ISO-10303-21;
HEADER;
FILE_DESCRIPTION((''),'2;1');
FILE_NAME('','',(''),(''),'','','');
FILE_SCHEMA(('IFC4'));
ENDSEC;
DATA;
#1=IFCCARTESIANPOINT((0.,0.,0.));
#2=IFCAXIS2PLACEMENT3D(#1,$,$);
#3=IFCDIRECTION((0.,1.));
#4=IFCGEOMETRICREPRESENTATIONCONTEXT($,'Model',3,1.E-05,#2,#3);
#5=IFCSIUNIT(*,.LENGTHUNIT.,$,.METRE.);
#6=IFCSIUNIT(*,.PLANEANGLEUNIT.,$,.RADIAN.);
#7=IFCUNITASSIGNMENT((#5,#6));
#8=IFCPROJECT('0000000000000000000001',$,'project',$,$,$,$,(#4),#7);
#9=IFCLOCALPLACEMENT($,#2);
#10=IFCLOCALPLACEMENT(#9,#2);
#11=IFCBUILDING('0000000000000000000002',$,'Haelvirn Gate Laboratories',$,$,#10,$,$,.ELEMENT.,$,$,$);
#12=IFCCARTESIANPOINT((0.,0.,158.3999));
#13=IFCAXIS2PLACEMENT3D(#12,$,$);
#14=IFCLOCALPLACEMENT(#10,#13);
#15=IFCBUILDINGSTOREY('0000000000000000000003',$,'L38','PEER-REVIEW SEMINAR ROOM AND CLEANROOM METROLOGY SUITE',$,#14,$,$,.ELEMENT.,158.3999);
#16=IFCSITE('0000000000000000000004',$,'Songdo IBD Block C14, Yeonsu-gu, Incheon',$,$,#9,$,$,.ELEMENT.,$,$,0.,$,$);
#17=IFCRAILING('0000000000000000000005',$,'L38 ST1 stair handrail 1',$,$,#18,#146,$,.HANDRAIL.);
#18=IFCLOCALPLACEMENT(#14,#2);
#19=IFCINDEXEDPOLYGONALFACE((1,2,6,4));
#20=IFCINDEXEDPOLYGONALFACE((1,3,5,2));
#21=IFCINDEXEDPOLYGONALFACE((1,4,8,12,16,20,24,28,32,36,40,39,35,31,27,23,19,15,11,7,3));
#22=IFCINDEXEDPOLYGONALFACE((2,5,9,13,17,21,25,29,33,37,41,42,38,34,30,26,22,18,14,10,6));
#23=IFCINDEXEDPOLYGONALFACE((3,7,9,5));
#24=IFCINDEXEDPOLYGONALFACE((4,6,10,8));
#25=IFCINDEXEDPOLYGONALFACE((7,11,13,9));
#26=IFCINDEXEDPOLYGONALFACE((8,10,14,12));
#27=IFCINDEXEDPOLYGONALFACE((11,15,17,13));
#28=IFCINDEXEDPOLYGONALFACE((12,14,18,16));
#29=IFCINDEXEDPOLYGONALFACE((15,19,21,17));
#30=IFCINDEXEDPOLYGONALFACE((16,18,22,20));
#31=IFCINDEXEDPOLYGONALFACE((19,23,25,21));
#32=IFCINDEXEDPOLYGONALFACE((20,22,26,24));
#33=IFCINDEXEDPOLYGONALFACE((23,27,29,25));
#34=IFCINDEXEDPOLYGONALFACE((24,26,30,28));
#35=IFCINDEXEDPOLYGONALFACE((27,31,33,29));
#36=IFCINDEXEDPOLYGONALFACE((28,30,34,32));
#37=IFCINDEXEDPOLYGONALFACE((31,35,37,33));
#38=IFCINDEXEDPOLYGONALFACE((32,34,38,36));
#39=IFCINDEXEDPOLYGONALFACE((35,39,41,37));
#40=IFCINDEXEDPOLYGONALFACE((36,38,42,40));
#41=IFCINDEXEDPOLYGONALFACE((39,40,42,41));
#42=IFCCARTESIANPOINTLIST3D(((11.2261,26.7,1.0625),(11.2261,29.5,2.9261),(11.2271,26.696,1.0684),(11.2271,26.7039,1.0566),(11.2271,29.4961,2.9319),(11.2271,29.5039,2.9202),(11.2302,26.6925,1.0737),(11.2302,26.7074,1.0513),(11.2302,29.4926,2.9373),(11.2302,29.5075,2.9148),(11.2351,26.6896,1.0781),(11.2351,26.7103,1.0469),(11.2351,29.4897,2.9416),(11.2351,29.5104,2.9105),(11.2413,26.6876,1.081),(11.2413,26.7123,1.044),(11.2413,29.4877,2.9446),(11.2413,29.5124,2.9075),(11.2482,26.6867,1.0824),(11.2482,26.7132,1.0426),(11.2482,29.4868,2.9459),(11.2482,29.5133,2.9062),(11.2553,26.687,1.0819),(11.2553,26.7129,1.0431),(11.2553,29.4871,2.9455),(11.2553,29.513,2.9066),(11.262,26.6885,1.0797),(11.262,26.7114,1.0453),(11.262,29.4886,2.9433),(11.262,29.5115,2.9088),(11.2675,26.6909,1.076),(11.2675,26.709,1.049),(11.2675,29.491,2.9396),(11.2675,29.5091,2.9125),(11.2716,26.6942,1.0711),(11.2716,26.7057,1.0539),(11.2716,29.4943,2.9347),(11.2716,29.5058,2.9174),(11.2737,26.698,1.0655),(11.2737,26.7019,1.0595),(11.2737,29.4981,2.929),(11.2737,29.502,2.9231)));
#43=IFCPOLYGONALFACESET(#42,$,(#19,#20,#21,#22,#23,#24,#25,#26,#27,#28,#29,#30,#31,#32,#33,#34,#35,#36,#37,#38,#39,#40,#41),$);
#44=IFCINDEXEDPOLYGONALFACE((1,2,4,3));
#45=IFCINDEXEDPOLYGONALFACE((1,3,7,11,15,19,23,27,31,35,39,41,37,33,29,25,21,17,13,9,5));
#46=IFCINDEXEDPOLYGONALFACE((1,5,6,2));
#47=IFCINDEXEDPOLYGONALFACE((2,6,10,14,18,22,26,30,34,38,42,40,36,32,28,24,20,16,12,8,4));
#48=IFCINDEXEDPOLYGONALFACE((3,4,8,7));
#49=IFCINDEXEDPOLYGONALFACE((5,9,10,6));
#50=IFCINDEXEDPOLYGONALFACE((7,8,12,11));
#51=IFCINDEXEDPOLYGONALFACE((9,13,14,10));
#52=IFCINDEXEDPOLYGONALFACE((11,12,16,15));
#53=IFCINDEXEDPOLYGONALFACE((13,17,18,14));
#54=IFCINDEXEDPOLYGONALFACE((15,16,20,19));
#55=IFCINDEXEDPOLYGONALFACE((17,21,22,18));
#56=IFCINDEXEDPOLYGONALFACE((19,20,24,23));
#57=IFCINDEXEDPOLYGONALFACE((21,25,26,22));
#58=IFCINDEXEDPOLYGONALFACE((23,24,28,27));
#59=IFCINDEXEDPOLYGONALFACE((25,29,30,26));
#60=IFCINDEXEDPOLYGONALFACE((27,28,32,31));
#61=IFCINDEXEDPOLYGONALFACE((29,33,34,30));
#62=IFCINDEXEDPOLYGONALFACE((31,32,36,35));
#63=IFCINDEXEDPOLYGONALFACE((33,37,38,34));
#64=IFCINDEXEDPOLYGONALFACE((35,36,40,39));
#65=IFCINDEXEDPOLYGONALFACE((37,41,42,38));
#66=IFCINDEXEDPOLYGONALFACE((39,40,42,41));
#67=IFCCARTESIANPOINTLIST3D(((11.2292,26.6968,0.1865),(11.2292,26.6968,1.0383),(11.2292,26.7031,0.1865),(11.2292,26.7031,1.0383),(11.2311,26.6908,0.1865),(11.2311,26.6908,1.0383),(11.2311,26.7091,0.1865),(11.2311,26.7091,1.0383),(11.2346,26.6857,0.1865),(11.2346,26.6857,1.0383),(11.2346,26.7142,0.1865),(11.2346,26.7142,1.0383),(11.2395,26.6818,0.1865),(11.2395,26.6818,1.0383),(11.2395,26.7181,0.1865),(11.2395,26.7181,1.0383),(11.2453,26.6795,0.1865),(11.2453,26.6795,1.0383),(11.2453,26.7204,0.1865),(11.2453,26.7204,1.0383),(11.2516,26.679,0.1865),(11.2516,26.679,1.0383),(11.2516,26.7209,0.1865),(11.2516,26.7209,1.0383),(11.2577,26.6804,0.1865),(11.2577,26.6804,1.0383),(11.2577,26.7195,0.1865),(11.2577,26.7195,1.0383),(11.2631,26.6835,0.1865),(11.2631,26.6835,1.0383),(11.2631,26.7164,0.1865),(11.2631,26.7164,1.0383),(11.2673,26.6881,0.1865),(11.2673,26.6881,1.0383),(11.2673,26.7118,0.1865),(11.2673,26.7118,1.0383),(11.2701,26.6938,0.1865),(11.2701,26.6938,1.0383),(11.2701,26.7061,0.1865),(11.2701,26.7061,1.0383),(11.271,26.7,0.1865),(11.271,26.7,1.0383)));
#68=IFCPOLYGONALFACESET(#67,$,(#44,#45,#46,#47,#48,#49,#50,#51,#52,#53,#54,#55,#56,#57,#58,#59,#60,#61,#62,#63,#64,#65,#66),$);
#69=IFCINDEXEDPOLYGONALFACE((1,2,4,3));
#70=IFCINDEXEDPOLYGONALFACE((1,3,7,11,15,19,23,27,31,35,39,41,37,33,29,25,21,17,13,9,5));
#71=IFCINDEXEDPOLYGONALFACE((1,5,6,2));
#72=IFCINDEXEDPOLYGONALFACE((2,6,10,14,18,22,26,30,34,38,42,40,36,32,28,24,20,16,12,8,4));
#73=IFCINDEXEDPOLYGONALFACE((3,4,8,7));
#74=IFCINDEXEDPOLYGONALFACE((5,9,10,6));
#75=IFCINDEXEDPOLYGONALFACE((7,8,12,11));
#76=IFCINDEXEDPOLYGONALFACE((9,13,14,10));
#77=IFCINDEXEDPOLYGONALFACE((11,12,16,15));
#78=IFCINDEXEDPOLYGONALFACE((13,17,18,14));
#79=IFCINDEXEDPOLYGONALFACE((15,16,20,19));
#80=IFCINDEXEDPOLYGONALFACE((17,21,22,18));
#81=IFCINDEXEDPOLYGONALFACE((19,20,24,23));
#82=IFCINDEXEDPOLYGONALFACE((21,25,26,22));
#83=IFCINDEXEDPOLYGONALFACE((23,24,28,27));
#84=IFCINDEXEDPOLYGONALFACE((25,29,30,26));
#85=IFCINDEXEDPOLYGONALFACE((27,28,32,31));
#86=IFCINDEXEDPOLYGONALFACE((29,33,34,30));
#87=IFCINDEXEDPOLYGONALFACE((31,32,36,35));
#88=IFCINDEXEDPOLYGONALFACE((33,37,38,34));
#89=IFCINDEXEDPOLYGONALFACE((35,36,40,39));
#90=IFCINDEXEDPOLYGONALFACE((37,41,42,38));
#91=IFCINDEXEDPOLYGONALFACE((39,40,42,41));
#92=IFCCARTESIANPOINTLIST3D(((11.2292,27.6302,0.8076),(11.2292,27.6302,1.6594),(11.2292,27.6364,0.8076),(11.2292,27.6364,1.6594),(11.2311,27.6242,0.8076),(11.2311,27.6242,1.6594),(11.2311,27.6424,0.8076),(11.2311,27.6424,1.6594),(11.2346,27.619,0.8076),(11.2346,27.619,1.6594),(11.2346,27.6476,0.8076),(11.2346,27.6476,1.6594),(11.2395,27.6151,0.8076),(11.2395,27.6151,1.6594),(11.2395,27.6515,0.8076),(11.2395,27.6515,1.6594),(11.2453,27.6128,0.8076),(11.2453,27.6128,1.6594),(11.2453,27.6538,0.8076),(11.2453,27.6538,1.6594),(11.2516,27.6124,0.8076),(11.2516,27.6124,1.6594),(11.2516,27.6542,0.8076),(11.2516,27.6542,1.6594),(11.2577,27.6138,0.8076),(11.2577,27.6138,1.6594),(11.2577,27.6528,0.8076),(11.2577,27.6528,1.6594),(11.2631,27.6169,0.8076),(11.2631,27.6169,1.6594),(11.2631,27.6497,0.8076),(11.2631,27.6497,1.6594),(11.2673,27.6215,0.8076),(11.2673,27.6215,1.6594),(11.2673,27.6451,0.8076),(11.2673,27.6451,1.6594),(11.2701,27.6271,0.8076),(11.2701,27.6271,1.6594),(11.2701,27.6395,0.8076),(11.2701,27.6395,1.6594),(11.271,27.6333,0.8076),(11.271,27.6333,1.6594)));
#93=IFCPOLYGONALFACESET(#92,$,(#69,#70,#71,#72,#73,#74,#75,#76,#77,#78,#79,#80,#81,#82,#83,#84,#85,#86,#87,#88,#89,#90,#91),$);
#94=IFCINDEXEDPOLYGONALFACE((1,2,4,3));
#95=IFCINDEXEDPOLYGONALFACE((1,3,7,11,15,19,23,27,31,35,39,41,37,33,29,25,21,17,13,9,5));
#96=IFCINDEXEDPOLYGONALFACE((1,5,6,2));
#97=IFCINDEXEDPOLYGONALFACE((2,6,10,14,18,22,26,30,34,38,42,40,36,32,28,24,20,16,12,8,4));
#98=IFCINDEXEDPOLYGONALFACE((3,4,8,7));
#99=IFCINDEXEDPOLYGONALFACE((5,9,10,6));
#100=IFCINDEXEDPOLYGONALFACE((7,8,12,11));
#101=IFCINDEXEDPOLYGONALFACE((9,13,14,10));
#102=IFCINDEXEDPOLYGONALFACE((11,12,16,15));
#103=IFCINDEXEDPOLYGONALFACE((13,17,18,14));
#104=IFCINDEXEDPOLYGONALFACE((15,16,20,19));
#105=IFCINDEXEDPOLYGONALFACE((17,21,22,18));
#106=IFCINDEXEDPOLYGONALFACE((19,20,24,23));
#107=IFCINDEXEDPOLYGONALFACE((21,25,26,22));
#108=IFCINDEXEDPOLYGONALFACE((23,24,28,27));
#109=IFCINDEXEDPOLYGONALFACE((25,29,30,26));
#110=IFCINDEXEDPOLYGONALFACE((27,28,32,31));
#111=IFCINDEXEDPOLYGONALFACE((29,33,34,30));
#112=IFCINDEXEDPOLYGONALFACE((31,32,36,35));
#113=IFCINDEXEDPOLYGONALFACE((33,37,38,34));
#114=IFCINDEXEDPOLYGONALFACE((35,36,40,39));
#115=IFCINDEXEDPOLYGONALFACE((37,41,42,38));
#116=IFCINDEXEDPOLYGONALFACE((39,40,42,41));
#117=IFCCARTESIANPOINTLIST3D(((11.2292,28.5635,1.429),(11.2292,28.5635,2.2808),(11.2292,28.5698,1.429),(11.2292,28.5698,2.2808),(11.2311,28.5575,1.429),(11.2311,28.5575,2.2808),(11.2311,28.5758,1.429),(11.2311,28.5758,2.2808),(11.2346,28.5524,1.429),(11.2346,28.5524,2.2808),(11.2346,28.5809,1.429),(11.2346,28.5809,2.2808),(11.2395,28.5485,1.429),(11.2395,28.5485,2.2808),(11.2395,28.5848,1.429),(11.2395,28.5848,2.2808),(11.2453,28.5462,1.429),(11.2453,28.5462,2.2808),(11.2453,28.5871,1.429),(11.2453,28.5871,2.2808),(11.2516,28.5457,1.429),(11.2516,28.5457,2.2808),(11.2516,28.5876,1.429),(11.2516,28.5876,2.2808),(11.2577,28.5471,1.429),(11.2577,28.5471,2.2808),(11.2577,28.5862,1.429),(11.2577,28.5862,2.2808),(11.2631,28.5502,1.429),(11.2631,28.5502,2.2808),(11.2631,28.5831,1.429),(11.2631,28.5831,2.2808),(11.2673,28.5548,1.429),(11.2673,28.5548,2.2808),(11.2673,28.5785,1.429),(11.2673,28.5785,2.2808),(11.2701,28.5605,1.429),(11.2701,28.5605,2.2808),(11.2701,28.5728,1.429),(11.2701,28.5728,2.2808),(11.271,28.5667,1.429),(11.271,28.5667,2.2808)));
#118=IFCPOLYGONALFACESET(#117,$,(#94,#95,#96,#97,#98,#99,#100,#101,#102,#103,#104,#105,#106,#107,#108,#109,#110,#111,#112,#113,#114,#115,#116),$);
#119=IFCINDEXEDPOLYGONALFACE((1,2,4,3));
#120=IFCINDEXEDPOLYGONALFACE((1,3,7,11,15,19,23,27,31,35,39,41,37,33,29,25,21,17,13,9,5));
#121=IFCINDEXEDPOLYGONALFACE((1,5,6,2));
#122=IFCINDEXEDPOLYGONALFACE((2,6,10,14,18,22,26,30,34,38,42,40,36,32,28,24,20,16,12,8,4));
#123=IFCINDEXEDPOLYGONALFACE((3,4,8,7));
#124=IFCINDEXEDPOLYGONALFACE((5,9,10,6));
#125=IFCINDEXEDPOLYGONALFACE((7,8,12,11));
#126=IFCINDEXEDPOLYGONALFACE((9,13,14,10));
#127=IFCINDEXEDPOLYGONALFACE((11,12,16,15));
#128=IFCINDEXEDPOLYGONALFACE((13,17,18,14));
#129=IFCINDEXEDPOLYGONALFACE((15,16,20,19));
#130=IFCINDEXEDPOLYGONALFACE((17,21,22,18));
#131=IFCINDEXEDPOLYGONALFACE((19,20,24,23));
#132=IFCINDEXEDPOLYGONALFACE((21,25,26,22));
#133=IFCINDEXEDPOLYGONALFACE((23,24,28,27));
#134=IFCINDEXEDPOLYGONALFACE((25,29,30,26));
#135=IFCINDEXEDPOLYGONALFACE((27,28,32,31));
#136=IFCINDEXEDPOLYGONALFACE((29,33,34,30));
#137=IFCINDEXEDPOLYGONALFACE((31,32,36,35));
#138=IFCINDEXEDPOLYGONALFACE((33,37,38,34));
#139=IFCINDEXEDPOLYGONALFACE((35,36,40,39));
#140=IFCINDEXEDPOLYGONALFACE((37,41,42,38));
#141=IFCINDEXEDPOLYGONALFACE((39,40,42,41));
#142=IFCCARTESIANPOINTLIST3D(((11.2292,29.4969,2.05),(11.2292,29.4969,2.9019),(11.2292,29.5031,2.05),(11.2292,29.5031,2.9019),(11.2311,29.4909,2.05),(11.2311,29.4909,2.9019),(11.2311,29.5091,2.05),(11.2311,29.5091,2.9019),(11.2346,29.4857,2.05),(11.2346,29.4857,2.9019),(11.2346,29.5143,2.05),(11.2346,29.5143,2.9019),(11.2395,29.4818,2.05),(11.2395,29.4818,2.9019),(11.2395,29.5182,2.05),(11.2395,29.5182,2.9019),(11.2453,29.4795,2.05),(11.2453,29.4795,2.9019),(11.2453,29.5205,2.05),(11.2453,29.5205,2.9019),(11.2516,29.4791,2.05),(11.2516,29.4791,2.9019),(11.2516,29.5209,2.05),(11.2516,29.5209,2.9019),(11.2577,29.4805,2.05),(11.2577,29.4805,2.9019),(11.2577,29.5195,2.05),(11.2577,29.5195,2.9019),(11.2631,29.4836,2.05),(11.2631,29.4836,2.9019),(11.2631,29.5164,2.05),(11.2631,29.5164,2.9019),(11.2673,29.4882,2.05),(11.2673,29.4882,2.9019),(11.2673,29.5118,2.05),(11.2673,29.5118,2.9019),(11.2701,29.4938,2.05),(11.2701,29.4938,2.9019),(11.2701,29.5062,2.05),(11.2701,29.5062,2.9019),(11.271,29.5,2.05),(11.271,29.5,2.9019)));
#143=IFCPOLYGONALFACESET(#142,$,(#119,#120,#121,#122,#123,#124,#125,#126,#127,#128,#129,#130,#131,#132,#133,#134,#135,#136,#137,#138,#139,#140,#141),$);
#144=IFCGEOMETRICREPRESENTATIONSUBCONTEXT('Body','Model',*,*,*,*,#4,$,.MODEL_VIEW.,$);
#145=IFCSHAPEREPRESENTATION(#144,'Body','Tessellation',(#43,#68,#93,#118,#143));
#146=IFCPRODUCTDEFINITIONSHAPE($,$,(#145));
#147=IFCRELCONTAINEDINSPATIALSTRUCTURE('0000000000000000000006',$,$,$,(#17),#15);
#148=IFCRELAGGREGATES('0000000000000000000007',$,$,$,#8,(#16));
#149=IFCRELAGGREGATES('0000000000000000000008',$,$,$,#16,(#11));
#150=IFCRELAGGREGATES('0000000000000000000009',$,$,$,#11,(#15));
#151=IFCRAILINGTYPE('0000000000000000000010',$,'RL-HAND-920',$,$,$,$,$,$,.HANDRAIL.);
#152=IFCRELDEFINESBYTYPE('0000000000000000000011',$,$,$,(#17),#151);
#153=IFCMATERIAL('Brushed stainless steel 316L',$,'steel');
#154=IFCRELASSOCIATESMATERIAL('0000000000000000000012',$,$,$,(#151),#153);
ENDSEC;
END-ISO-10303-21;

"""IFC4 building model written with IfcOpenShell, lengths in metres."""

from ifc_helpers import new_model, si_unit, direction, frame, origin, origin_2d, place, context, subcontext, project, spatial, circle, extrude, source, transform, mapped, material, type_object, type_shapes, element, save


model = new_model("IFC4")

# Units and contexts
model_context = context("Model", 3, precision=1e-05, world=origin(), true_north=direction((0.0, 1.0)))
body_context = subcontext(model_context, "Body", "Model", "MODEL_VIEW")
ifc_project = project(units=[si_unit("LENGTHUNIT", "METRE"), si_unit("PLANEANGLEUNIT", "RADIAN")], contexts=[model_context])

# Site, building, storey
site_placement = place(None, origin())
site = spatial("IfcSite", under=ifc_project, at=site_placement, Name="Songdo IBD Block C14, Yeonsu-gu, Incheon", CompositionType="ELEMENT", RefElevation=0.0)
building_placement = place(site_placement, origin())
building = spatial("IfcBuilding", under=site, at=building_placement, Name="Haelvirn Gate Laboratories", CompositionType="ELEMENT")
storey_placement = place(building_placement, frame((0.0, 0.0, 158.3999)))
storey = spatial("IfcBuildingStorey", under=building, at=storey_placement, Name="L38", Description="PEER-REVIEW SEMINAR ROOM AND CLEANROOM METROLOGY SUITE", CompositionType="ELEMENT", Elevation=158.3999)

# Railing
ifc_material_1 = material(Name="Brushed stainless steel 316L", Category="steel")
railing_type = type_object("IfcRailingType", Name="RL-HAND-920", PredefinedType="HANDRAIL", material=ifc_material_1)
shared_shape_1 = source(origin(), body_context, "Body", "SweptSolid", [
    extrude(circle(Radius=0.0239, at=origin_2d()), frame((0.0, 0.0, 0.876), z_axis=(0.0, 0.832486, 0.554047), x_axis=(-1.0, 0.0, 0.0)), (0.0, 0.0, 1.0), 3.3635),
    extrude(circle(Radius=0.021, at=origin_2d()), origin(), (0.0, 0.0, 1.0), 0.8518),
    extrude(circle(Radius=0.021, at=origin_2d()), frame((0.0, 0.9333, 0.6211)), (0.0, 0.0, 1.0), 0.8518),
    extrude(circle(Radius=0.021, at=origin_2d()), frame((0.0, 1.8667, 1.2424)), (0.0, 0.0, 1.0), 0.8518),
    extrude(circle(Radius=0.021, at=origin_2d()), frame((0.0, 2.8, 1.8635)), (0.0, 0.0, 1.0), 0.8518),
])
type_shapes(railing_type, [shared_shape_1])
railing_placement = place(storey_placement, frame((11.25, 26.7, 0.1865)))
element("IfcRailing", 1, at=railing_placement, inside=storey, type_object=railing_type, Name="L38 ST1 stair handrail 1", PredefinedType="HANDRAIL", context=body_context, shape_type="MappedRepresentation", body=[
    mapped(shared_shape_1, transform((0.0, 0.0, 0.0), scale=1.0)),
])

save(model, "model.ifc")
